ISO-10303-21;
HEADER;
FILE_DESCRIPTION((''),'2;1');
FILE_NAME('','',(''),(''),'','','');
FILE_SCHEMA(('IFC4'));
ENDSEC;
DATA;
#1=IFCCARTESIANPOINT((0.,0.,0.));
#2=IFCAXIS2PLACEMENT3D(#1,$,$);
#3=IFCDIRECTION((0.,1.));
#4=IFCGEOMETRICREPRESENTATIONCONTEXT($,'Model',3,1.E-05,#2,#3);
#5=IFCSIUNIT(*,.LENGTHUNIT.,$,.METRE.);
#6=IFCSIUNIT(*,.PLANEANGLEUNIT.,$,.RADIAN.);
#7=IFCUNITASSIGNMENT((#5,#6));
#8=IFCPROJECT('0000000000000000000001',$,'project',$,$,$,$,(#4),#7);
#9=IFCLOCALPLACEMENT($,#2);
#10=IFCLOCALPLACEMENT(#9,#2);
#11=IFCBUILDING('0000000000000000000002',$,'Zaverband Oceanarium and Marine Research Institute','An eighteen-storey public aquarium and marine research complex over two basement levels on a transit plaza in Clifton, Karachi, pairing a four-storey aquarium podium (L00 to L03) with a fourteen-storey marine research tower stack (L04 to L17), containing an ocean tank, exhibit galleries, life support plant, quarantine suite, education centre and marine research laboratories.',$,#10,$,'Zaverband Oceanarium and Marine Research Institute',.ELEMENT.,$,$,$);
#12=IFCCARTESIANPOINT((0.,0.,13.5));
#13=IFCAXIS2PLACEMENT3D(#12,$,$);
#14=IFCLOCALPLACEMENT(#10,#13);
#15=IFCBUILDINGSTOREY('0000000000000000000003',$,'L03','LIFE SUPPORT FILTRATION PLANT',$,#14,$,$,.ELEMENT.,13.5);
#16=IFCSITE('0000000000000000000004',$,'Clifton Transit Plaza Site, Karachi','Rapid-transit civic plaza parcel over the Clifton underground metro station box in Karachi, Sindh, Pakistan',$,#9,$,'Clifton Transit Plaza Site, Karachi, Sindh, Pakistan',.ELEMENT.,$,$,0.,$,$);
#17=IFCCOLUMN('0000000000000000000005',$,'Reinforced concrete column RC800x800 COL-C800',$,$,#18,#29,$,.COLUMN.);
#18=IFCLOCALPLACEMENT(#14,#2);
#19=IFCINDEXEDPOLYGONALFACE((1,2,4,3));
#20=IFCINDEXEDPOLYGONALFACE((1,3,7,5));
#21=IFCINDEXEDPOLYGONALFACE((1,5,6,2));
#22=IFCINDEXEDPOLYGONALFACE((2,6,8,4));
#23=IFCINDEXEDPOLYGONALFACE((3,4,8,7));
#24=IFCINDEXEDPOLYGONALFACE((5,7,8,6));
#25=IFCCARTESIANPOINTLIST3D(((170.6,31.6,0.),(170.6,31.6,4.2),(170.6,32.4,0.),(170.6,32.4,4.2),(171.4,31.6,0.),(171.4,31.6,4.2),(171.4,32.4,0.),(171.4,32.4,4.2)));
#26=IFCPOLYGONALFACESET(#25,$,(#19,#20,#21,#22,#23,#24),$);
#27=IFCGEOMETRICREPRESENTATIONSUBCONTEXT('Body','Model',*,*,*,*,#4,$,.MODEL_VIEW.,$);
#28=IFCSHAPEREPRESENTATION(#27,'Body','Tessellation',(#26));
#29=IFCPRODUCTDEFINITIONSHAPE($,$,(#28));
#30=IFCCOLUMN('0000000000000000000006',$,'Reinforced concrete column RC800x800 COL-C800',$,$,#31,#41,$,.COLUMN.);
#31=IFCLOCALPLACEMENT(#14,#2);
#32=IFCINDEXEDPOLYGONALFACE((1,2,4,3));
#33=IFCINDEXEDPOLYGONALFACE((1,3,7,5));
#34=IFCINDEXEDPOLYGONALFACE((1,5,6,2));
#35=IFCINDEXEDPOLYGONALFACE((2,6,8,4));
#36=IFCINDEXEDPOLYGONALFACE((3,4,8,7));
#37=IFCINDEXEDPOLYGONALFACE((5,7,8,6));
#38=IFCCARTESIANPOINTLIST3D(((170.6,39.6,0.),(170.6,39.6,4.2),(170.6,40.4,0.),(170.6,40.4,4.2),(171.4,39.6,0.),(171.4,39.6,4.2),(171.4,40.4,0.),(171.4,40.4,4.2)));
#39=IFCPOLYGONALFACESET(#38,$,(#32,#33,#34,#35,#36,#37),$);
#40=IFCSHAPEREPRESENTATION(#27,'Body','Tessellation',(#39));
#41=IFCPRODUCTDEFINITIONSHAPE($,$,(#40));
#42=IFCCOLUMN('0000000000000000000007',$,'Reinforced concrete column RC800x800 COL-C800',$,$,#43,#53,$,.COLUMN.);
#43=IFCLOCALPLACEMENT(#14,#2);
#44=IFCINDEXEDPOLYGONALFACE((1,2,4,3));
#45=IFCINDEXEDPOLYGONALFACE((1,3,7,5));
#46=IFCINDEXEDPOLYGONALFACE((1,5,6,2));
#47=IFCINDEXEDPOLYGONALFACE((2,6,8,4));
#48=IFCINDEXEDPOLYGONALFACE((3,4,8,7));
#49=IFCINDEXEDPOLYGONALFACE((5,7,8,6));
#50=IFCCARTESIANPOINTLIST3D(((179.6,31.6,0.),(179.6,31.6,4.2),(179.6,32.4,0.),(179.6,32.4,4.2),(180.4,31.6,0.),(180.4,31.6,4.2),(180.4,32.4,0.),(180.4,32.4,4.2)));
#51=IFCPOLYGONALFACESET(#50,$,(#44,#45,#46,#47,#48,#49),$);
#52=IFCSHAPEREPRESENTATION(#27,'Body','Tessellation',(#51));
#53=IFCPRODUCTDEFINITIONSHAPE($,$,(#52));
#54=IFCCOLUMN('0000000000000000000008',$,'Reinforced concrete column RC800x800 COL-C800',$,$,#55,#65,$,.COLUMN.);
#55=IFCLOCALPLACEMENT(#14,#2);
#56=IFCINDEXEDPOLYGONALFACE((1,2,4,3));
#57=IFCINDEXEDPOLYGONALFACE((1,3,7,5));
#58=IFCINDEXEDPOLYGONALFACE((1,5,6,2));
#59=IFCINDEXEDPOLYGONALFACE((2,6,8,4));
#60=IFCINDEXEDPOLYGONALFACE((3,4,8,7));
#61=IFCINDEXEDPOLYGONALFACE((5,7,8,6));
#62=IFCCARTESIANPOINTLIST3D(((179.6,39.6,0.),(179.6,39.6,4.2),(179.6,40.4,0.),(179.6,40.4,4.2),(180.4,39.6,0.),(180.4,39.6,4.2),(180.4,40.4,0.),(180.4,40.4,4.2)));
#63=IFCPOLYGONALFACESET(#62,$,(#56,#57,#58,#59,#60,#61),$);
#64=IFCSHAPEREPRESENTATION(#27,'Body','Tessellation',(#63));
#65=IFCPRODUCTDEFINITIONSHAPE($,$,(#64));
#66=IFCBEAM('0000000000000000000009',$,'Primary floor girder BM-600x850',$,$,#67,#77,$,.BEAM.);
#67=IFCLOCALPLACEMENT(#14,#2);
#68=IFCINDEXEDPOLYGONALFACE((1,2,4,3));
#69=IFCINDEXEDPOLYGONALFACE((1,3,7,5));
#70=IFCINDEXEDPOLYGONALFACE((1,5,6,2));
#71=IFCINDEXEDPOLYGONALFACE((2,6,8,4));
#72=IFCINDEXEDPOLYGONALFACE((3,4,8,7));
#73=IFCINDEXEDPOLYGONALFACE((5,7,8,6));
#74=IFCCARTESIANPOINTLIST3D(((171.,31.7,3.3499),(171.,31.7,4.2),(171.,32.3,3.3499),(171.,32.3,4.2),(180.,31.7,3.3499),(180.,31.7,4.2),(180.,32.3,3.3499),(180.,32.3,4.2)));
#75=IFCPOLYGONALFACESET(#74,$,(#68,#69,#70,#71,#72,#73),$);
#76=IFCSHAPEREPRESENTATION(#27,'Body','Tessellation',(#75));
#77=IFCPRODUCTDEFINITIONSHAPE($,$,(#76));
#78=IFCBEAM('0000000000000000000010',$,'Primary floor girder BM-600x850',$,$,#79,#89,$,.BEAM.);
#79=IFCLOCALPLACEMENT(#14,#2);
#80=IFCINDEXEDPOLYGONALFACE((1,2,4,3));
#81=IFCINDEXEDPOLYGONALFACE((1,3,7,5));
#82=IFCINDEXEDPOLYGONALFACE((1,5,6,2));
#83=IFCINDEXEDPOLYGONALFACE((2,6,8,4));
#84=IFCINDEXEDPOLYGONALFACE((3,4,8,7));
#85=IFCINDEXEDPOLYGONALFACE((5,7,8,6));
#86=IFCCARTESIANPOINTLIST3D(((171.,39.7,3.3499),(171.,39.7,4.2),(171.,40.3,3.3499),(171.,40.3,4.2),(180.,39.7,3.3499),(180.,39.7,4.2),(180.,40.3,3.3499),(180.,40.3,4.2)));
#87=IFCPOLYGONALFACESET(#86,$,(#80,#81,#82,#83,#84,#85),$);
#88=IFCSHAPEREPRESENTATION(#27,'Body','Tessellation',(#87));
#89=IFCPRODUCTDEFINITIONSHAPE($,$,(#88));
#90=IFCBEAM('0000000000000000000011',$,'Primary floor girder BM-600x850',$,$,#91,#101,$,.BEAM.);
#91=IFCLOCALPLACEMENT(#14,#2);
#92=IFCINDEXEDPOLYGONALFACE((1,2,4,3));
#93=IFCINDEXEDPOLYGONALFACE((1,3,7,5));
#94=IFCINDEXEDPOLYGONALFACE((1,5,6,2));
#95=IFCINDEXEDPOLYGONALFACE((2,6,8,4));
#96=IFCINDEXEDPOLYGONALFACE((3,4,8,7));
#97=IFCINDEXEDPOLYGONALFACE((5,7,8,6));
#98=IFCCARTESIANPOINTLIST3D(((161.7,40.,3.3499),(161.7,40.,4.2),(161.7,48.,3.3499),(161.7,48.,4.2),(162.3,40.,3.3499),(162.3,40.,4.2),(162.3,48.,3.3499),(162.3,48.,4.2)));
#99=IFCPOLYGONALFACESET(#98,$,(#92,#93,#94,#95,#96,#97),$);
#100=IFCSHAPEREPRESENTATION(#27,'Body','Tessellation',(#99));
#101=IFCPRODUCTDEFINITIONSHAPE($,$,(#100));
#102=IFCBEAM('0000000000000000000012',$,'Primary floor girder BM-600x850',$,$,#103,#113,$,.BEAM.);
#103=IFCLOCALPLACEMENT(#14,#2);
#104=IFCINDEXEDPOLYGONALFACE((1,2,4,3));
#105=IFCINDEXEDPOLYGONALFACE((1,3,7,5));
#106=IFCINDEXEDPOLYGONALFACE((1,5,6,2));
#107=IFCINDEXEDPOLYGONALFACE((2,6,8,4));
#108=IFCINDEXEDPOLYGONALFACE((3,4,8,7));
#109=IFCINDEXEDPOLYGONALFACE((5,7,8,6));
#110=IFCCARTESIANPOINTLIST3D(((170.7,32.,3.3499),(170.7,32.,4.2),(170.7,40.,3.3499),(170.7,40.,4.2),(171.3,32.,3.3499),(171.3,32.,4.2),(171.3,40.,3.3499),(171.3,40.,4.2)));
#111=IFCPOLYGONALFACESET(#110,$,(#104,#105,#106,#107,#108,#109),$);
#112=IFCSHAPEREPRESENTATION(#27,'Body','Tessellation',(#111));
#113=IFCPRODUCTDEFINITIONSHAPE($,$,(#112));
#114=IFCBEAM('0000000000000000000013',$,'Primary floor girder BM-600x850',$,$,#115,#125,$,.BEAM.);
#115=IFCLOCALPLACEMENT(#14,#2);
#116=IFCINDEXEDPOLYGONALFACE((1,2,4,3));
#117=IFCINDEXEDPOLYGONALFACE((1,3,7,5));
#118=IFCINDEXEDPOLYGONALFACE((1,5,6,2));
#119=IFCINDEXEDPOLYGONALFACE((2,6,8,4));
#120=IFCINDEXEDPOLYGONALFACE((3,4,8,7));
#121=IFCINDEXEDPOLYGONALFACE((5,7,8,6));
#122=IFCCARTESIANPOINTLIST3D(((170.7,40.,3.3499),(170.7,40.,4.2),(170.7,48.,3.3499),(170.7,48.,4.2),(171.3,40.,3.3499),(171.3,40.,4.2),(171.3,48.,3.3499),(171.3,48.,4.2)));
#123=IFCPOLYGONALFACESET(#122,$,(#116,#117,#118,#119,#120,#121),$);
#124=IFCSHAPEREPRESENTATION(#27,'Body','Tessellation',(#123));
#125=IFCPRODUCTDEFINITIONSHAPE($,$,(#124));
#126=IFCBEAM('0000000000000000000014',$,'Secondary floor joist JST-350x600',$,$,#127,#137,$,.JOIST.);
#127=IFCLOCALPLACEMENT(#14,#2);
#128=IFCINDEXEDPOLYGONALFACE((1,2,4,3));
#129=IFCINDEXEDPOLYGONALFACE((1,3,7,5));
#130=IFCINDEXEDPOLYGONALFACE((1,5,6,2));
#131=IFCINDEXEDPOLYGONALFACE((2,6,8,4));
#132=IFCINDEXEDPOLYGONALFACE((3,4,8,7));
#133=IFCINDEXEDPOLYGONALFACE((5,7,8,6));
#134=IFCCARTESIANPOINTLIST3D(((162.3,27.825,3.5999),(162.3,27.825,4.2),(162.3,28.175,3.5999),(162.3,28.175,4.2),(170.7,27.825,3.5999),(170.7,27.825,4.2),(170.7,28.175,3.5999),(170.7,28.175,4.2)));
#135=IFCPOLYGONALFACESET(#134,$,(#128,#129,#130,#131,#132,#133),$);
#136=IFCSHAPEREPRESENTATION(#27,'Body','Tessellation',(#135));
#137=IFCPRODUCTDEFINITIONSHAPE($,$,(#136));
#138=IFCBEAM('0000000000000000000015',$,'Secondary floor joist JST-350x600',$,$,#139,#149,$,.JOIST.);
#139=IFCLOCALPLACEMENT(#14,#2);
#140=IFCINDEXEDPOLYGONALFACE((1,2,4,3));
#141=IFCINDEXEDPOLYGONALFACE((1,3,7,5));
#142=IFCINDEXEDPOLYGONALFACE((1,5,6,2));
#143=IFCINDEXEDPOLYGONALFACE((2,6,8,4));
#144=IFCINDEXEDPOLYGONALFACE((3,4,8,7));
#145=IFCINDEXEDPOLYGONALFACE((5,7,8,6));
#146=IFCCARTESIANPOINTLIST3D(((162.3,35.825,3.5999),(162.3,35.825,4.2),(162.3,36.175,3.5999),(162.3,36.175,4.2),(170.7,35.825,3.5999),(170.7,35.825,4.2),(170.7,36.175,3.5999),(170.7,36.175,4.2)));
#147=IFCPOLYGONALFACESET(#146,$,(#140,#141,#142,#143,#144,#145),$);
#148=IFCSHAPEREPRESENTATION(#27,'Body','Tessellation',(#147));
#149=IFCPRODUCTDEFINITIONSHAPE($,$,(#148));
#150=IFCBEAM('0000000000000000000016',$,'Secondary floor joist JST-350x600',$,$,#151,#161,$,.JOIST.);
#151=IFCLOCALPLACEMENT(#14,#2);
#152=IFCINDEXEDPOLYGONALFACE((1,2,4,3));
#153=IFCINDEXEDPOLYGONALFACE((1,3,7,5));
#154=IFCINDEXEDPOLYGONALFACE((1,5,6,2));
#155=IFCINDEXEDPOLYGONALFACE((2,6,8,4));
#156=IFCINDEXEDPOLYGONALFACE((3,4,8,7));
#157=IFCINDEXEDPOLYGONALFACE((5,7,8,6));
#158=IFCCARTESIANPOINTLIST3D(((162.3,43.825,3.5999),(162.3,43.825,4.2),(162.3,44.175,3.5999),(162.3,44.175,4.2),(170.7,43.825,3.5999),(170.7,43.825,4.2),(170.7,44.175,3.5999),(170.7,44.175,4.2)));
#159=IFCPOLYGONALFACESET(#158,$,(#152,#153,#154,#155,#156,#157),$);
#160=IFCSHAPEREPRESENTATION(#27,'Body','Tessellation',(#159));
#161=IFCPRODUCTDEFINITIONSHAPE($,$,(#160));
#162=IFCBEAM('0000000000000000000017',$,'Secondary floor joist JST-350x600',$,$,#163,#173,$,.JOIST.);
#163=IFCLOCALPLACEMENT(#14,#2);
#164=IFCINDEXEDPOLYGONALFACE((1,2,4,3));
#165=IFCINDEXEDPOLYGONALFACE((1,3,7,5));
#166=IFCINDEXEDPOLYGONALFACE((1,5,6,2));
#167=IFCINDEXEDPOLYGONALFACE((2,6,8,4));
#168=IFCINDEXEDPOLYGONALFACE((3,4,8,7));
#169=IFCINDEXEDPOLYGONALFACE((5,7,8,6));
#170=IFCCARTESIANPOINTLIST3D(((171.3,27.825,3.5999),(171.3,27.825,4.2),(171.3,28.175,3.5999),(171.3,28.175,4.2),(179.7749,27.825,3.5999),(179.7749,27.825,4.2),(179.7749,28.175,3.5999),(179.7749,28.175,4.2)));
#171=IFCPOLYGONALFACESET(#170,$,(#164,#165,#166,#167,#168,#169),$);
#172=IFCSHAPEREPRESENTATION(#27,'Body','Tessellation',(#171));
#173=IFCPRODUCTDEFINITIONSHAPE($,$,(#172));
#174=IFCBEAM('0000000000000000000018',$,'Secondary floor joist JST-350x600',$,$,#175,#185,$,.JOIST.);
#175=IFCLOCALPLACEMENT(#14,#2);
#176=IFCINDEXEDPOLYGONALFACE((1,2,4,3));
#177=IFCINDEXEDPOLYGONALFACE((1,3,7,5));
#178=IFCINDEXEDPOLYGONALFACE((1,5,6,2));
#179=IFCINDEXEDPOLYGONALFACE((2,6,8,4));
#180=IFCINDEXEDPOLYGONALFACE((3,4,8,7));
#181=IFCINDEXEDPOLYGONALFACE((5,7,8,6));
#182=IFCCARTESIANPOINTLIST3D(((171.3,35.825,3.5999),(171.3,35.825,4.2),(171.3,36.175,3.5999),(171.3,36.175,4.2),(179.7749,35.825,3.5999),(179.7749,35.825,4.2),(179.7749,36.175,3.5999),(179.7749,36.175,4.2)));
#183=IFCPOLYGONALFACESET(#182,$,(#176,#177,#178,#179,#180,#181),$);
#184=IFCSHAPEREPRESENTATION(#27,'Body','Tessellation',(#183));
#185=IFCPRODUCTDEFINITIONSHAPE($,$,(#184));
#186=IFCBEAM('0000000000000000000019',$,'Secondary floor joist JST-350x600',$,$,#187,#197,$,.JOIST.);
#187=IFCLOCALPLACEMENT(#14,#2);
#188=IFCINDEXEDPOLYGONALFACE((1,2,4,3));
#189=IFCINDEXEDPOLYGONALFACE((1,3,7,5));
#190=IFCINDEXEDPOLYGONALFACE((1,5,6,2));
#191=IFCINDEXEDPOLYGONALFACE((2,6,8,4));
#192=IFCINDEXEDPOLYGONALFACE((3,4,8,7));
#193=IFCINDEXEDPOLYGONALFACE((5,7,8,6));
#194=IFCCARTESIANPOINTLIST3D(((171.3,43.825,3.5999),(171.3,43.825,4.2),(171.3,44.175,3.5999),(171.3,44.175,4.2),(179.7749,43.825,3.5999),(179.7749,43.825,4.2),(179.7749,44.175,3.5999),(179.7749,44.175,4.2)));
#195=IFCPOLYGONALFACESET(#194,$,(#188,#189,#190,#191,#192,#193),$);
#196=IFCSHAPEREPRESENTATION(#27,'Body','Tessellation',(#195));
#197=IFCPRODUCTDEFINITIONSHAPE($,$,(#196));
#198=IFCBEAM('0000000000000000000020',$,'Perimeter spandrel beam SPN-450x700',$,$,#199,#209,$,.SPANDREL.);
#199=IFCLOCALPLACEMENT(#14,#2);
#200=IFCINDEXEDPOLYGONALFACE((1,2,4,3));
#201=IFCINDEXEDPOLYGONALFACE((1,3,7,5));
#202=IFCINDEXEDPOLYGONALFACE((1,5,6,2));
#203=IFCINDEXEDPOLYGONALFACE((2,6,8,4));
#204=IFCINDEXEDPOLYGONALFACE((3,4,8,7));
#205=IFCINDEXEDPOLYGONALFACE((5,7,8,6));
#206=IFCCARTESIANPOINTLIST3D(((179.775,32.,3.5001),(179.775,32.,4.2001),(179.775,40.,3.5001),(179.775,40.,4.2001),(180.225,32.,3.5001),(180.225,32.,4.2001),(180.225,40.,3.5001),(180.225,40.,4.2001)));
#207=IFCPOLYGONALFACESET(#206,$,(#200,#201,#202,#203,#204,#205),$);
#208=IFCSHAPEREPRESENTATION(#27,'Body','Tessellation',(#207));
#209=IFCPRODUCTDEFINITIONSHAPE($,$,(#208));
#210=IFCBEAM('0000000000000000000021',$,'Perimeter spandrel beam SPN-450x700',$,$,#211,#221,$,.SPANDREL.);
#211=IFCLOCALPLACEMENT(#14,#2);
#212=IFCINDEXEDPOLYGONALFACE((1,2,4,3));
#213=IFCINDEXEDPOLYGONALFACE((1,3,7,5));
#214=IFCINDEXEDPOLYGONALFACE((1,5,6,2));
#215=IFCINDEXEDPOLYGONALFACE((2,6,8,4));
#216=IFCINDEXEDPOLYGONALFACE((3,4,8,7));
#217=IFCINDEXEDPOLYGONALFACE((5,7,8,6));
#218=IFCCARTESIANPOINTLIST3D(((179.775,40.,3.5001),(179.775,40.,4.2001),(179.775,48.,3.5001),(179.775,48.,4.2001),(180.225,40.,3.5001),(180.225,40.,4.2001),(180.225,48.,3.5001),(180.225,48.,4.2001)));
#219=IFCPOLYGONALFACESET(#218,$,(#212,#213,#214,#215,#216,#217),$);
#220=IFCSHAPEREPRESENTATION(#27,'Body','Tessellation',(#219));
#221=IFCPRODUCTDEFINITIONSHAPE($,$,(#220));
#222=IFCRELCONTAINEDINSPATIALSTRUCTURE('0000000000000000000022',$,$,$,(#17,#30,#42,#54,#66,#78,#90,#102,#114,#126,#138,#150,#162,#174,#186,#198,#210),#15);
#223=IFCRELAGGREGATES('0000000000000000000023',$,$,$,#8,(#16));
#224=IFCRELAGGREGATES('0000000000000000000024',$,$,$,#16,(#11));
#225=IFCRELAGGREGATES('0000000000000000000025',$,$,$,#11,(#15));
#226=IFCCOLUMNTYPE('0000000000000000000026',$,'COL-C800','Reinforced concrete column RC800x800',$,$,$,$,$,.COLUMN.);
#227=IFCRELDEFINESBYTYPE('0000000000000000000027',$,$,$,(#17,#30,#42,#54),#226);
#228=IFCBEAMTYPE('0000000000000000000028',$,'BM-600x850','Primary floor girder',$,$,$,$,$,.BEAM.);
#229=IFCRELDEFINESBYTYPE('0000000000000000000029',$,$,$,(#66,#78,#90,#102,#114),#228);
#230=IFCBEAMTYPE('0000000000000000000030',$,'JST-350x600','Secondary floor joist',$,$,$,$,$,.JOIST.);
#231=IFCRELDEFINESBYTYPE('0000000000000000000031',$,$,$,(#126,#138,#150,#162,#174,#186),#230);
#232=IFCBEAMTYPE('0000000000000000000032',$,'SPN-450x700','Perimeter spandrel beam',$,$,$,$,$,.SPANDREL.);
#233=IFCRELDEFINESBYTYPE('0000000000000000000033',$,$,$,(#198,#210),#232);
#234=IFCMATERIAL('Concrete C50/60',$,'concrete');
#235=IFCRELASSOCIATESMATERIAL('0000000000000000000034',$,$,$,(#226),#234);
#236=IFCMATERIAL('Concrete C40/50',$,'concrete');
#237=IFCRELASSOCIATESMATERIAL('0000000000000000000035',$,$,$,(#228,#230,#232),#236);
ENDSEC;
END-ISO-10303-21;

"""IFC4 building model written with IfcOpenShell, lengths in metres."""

from ifc_helpers import new_model, si_unit, direction, frame, origin, origin_2d, place, context, subcontext, project, spatial, rectangle, extrude, material, material_profile, profile_set, type_object, element, save


model = new_model("IFC4")

# Units and contexts
model_context = context("Model", 3, precision=1e-05, world=origin(), true_north=direction((0.0, 1.0)))
body_context = subcontext(model_context, "Body", "Model", "MODEL_VIEW")
ifc_project = project(units=[si_unit("LENGTHUNIT", "METRE"), si_unit("PLANEANGLEUNIT", "RADIAN")], contexts=[model_context])

# Site, building, storey
site_placement = place(None, origin())
site = spatial("IfcSite", under=ifc_project, at=site_placement, Name="Clifton Transit Plaza Site, Karachi", Description="Rapid-transit civic plaza parcel over the Clifton underground metro station box in Karachi, Sindh, Pakistan", LongName="Clifton Transit Plaza Site, Karachi, Sindh, Pakistan", CompositionType="ELEMENT", RefElevation=0.0)
building_placement = place(site_placement, origin())
building = spatial("IfcBuilding", under=site, at=building_placement, Name="Zaverband Oceanarium and Marine Research Institute", Description="An eighteen-storey public aquarium and marine research complex over two basement levels on a transit plaza in Clifton, Karachi, pairing a four-storey aquarium podium (L00 to L03) with a fourteen-storey marine research tower stack (L04 to L17), containing an ocean tank, exhibit galleries, life support plant, quarantine suite, education centre and marine research laboratories.", LongName="Zaverband Oceanarium and Marine Research Institute", CompositionType="ELEMENT")
storey_placement = place(building_placement, frame((0.0, 0.0, 13.5)))
storey = spatial("IfcBuildingStorey", under=building, at=storey_placement, Name="L03", Description="LIFE SUPPORT FILTRATION PLANT", CompositionType="ELEMENT", Elevation=13.5)

# Columns
ifc_material_1 = material(Name="Concrete C50/60", Category="concrete")
ifc_material_profile_1 = material_profile(ifc_material_1, rectangle(XDim=0.8, YDim=0.8, at=origin_2d()), Name="RC800x800")
ifc_profile_set_1 = profile_set([ifc_material_profile_1], Name="Concrete C50/60")
column_type = type_object("IfcColumnType", Name="COL-C800", Description="Reinforced concrete column RC800x800", PredefinedType="COLUMN", material=ifc_profile_set_1)
for number, where, z_axis, x_axis, name in (
    (1, (171.0, 32.0, 0.0), (0.0, 0.0, 1.0), (1.0, 0.0, 0.0), "Reinforced concrete column RC800x800 COL-C800"),
    (2, (171.0, 40.0, 0.0), (0.0, 0.0, 1.0), (1.0, 0.0, 0.0), "Reinforced concrete column RC800x800 COL-C800"),
    (3, (180.0, 32.0, 0.0), (0.0, 0.0, 1.0), (1.0, 0.0, 0.0), "Reinforced concrete column RC800x800 COL-C800"),
    (4, (180.0, 40.0, 0.0), (0.0, 0.0, 1.0), (1.0, 0.0, 0.0), "Reinforced concrete column RC800x800 COL-C800"),
):
    element("IfcColumn", number, at=place(storey_placement, frame(where, z_axis=z_axis, x_axis=x_axis)), inside=storey, type_object=column_type, Name=name, PredefinedType="COLUMN", context=body_context, shape_type="SweptSolid", body=[
        extrude(rectangle(XDim=0.8, YDim=0.8, at=origin_2d()), origin(), (0.0, 0.0, 1.0), 4.2),
    ])

# Beams
ifc_material_2 = material(Name="Concrete C40/50", Category="concrete")
ifc_material_profile_2 = material_profile(ifc_material_2, rectangle(XDim=0.6001, YDim=0.8501, at=origin_2d()), Name="RC600x850")
ifc_profile_set_2 = profile_set([ifc_material_profile_2], Name="Concrete C40/50")
beam_type_1 = type_object("IfcBeamType", Name="BM-600x850", Description="Primary floor girder", PredefinedType="BEAM", material=ifc_profile_set_2)
for number, where, z_axis, x_axis, name in (
    (5, (171.0, 32.0, 3.7749), (1.0, 0.0, 0.0), (0.0, 1.0, 0.0), "Primary floor girder BM-600x850"),
    (6, (171.0, 40.0, 3.7749), (1.0, 0.0, 0.0), (0.0, 1.0, 0.0), "Primary floor girder BM-600x850"),
):
    element("IfcBeam", number, at=place(storey_placement, frame(where, z_axis=z_axis, x_axis=x_axis)), inside=storey, type_object=beam_type_1, Name=name, PredefinedType="BEAM", context=body_context, shape_type="SweptSolid", body=[
        extrude(rectangle(XDim=0.6001, YDim=0.8501, at=origin_2d()), origin(), (0.0, 0.0, 1.0), 9.0),
    ])
for number, where, z_axis, x_axis, name in (
    (7, (162.0, 40.0, 3.7749), (0.0, 1.0, 0.0), (-1.0, 0.0, 0.0), "Primary floor girder BM-600x850"),
    (8, (171.0, 32.0, 3.7749), (0.0, 1.0, 0.0), (-1.0, 0.0, 0.0), "Primary floor girder BM-600x850"),
    (9, (171.0, 40.0, 3.7749), (0.0, 1.0, 0.0), (-1.0, 0.0, 0.0), "Primary floor girder BM-600x850"),
):
    element("IfcBeam", number, at=place(storey_placement, frame(where, z_axis=z_axis, x_axis=x_axis)), inside=storey, type_object=beam_type_1, Name=name, PredefinedType="BEAM", context=body_context, shape_type="SweptSolid", body=[
        extrude(rectangle(XDim=0.6001, YDim=0.8501, at=origin_2d()), origin(), (0.0, 0.0, 1.0), 8.0),
    ])
ifc_material_profile_3 = material_profile(ifc_material_2, rectangle(XDim=0.3501, YDim=0.6001, at=origin_2d()), Name="RC350x600")
ifc_profile_set_3 = profile_set([ifc_material_profile_3], Name="Concrete C40/50")
beam_type_2 = type_object("IfcBeamType", Name="JST-350x600", Description="Secondary floor joist", PredefinedType="JOIST", material=ifc_profile_set_3)
for number, where, z_axis, x_axis, name in (
    (10, (162.3, 28.0, 3.8999), (1.0, 0.0, 0.0), (0.0, 1.0, 0.0), "Secondary floor joist JST-350x600"),
    (11, (162.3, 36.0, 3.8999), (1.0, 0.0, 0.0), (0.0, 1.0, 0.0), "Secondary floor joist JST-350x600"),
    (12, (162.3, 44.0, 3.8999), (1.0, 0.0, 0.0), (0.0, 1.0, 0.0), "Secondary floor joist JST-350x600"),
):
    element("IfcBeam", number, at=place(storey_placement, frame(where, z_axis=z_axis, x_axis=x_axis)), inside=storey, type_object=beam_type_2, Name=name, PredefinedType="JOIST", context=body_context, shape_type="SweptSolid", body=[
        extrude(rectangle(XDim=0.3501, YDim=0.6001, at=origin_2d()), origin(), (0.0, 0.0, 1.0), 8.3999),
    ])
for number, where, z_axis, x_axis, name in (
    (13, (171.3, 28.0, 3.8999), (1.0, 0.0, 0.0), (0.0, 1.0, 0.0), "Secondary floor joist JST-350x600"),
    (14, (171.3, 36.0, 3.8999), (1.0, 0.0, 0.0), (0.0, 1.0, 0.0), "Secondary floor joist JST-350x600"),
    (15, (171.3, 44.0, 3.8999), (1.0, 0.0, 0.0), (0.0, 1.0, 0.0), "Secondary floor joist JST-350x600"),
):
    element("IfcBeam", number, at=place(storey_placement, frame(where, z_axis=z_axis, x_axis=x_axis)), inside=storey, type_object=beam_type_2, Name=name, PredefinedType="JOIST", context=body_context, shape_type="SweptSolid", body=[
        extrude(rectangle(XDim=0.3501, YDim=0.6001, at=origin_2d()), origin(), (0.0, 0.0, 1.0), 8.4749),
    ])
ifc_material_profile_4 = material_profile(ifc_material_2, rectangle(XDim=0.45, YDim=0.7, at=origin_2d()), Name="RC450x700")
ifc_profile_set_4 = profile_set([ifc_material_profile_4], Name="Concrete C40/50")
beam_type_3 = type_object("IfcBeamType", Name="SPN-450x700", Description="Perimeter spandrel beam", PredefinedType="SPANDREL", material=ifc_profile_set_4)
for number, where, z_axis, x_axis, name in (
    (16, (180.0, 32.0, 3.8501), (0.0, 1.0, 0.0), (-1.0, 0.0, 0.0), "Perimeter spandrel beam SPN-450x700"),
    (17, (180.0, 40.0, 3.8501), (0.0, 1.0, 0.0), (-1.0, 0.0, 0.0), "Perimeter spandrel beam SPN-450x700"),
):
    element("IfcBeam", number, at=place(storey_placement, frame(where, z_axis=z_axis, x_axis=x_axis)), inside=storey, type_object=beam_type_3, Name=name, PredefinedType="SPANDREL", context=body_context, shape_type="SweptSolid", body=[
        extrude(rectangle(XDim=0.45, YDim=0.7, at=origin_2d()), origin(), (0.0, 0.0, 1.0), 8.0),
    ])

save(model, "model.ifc")
